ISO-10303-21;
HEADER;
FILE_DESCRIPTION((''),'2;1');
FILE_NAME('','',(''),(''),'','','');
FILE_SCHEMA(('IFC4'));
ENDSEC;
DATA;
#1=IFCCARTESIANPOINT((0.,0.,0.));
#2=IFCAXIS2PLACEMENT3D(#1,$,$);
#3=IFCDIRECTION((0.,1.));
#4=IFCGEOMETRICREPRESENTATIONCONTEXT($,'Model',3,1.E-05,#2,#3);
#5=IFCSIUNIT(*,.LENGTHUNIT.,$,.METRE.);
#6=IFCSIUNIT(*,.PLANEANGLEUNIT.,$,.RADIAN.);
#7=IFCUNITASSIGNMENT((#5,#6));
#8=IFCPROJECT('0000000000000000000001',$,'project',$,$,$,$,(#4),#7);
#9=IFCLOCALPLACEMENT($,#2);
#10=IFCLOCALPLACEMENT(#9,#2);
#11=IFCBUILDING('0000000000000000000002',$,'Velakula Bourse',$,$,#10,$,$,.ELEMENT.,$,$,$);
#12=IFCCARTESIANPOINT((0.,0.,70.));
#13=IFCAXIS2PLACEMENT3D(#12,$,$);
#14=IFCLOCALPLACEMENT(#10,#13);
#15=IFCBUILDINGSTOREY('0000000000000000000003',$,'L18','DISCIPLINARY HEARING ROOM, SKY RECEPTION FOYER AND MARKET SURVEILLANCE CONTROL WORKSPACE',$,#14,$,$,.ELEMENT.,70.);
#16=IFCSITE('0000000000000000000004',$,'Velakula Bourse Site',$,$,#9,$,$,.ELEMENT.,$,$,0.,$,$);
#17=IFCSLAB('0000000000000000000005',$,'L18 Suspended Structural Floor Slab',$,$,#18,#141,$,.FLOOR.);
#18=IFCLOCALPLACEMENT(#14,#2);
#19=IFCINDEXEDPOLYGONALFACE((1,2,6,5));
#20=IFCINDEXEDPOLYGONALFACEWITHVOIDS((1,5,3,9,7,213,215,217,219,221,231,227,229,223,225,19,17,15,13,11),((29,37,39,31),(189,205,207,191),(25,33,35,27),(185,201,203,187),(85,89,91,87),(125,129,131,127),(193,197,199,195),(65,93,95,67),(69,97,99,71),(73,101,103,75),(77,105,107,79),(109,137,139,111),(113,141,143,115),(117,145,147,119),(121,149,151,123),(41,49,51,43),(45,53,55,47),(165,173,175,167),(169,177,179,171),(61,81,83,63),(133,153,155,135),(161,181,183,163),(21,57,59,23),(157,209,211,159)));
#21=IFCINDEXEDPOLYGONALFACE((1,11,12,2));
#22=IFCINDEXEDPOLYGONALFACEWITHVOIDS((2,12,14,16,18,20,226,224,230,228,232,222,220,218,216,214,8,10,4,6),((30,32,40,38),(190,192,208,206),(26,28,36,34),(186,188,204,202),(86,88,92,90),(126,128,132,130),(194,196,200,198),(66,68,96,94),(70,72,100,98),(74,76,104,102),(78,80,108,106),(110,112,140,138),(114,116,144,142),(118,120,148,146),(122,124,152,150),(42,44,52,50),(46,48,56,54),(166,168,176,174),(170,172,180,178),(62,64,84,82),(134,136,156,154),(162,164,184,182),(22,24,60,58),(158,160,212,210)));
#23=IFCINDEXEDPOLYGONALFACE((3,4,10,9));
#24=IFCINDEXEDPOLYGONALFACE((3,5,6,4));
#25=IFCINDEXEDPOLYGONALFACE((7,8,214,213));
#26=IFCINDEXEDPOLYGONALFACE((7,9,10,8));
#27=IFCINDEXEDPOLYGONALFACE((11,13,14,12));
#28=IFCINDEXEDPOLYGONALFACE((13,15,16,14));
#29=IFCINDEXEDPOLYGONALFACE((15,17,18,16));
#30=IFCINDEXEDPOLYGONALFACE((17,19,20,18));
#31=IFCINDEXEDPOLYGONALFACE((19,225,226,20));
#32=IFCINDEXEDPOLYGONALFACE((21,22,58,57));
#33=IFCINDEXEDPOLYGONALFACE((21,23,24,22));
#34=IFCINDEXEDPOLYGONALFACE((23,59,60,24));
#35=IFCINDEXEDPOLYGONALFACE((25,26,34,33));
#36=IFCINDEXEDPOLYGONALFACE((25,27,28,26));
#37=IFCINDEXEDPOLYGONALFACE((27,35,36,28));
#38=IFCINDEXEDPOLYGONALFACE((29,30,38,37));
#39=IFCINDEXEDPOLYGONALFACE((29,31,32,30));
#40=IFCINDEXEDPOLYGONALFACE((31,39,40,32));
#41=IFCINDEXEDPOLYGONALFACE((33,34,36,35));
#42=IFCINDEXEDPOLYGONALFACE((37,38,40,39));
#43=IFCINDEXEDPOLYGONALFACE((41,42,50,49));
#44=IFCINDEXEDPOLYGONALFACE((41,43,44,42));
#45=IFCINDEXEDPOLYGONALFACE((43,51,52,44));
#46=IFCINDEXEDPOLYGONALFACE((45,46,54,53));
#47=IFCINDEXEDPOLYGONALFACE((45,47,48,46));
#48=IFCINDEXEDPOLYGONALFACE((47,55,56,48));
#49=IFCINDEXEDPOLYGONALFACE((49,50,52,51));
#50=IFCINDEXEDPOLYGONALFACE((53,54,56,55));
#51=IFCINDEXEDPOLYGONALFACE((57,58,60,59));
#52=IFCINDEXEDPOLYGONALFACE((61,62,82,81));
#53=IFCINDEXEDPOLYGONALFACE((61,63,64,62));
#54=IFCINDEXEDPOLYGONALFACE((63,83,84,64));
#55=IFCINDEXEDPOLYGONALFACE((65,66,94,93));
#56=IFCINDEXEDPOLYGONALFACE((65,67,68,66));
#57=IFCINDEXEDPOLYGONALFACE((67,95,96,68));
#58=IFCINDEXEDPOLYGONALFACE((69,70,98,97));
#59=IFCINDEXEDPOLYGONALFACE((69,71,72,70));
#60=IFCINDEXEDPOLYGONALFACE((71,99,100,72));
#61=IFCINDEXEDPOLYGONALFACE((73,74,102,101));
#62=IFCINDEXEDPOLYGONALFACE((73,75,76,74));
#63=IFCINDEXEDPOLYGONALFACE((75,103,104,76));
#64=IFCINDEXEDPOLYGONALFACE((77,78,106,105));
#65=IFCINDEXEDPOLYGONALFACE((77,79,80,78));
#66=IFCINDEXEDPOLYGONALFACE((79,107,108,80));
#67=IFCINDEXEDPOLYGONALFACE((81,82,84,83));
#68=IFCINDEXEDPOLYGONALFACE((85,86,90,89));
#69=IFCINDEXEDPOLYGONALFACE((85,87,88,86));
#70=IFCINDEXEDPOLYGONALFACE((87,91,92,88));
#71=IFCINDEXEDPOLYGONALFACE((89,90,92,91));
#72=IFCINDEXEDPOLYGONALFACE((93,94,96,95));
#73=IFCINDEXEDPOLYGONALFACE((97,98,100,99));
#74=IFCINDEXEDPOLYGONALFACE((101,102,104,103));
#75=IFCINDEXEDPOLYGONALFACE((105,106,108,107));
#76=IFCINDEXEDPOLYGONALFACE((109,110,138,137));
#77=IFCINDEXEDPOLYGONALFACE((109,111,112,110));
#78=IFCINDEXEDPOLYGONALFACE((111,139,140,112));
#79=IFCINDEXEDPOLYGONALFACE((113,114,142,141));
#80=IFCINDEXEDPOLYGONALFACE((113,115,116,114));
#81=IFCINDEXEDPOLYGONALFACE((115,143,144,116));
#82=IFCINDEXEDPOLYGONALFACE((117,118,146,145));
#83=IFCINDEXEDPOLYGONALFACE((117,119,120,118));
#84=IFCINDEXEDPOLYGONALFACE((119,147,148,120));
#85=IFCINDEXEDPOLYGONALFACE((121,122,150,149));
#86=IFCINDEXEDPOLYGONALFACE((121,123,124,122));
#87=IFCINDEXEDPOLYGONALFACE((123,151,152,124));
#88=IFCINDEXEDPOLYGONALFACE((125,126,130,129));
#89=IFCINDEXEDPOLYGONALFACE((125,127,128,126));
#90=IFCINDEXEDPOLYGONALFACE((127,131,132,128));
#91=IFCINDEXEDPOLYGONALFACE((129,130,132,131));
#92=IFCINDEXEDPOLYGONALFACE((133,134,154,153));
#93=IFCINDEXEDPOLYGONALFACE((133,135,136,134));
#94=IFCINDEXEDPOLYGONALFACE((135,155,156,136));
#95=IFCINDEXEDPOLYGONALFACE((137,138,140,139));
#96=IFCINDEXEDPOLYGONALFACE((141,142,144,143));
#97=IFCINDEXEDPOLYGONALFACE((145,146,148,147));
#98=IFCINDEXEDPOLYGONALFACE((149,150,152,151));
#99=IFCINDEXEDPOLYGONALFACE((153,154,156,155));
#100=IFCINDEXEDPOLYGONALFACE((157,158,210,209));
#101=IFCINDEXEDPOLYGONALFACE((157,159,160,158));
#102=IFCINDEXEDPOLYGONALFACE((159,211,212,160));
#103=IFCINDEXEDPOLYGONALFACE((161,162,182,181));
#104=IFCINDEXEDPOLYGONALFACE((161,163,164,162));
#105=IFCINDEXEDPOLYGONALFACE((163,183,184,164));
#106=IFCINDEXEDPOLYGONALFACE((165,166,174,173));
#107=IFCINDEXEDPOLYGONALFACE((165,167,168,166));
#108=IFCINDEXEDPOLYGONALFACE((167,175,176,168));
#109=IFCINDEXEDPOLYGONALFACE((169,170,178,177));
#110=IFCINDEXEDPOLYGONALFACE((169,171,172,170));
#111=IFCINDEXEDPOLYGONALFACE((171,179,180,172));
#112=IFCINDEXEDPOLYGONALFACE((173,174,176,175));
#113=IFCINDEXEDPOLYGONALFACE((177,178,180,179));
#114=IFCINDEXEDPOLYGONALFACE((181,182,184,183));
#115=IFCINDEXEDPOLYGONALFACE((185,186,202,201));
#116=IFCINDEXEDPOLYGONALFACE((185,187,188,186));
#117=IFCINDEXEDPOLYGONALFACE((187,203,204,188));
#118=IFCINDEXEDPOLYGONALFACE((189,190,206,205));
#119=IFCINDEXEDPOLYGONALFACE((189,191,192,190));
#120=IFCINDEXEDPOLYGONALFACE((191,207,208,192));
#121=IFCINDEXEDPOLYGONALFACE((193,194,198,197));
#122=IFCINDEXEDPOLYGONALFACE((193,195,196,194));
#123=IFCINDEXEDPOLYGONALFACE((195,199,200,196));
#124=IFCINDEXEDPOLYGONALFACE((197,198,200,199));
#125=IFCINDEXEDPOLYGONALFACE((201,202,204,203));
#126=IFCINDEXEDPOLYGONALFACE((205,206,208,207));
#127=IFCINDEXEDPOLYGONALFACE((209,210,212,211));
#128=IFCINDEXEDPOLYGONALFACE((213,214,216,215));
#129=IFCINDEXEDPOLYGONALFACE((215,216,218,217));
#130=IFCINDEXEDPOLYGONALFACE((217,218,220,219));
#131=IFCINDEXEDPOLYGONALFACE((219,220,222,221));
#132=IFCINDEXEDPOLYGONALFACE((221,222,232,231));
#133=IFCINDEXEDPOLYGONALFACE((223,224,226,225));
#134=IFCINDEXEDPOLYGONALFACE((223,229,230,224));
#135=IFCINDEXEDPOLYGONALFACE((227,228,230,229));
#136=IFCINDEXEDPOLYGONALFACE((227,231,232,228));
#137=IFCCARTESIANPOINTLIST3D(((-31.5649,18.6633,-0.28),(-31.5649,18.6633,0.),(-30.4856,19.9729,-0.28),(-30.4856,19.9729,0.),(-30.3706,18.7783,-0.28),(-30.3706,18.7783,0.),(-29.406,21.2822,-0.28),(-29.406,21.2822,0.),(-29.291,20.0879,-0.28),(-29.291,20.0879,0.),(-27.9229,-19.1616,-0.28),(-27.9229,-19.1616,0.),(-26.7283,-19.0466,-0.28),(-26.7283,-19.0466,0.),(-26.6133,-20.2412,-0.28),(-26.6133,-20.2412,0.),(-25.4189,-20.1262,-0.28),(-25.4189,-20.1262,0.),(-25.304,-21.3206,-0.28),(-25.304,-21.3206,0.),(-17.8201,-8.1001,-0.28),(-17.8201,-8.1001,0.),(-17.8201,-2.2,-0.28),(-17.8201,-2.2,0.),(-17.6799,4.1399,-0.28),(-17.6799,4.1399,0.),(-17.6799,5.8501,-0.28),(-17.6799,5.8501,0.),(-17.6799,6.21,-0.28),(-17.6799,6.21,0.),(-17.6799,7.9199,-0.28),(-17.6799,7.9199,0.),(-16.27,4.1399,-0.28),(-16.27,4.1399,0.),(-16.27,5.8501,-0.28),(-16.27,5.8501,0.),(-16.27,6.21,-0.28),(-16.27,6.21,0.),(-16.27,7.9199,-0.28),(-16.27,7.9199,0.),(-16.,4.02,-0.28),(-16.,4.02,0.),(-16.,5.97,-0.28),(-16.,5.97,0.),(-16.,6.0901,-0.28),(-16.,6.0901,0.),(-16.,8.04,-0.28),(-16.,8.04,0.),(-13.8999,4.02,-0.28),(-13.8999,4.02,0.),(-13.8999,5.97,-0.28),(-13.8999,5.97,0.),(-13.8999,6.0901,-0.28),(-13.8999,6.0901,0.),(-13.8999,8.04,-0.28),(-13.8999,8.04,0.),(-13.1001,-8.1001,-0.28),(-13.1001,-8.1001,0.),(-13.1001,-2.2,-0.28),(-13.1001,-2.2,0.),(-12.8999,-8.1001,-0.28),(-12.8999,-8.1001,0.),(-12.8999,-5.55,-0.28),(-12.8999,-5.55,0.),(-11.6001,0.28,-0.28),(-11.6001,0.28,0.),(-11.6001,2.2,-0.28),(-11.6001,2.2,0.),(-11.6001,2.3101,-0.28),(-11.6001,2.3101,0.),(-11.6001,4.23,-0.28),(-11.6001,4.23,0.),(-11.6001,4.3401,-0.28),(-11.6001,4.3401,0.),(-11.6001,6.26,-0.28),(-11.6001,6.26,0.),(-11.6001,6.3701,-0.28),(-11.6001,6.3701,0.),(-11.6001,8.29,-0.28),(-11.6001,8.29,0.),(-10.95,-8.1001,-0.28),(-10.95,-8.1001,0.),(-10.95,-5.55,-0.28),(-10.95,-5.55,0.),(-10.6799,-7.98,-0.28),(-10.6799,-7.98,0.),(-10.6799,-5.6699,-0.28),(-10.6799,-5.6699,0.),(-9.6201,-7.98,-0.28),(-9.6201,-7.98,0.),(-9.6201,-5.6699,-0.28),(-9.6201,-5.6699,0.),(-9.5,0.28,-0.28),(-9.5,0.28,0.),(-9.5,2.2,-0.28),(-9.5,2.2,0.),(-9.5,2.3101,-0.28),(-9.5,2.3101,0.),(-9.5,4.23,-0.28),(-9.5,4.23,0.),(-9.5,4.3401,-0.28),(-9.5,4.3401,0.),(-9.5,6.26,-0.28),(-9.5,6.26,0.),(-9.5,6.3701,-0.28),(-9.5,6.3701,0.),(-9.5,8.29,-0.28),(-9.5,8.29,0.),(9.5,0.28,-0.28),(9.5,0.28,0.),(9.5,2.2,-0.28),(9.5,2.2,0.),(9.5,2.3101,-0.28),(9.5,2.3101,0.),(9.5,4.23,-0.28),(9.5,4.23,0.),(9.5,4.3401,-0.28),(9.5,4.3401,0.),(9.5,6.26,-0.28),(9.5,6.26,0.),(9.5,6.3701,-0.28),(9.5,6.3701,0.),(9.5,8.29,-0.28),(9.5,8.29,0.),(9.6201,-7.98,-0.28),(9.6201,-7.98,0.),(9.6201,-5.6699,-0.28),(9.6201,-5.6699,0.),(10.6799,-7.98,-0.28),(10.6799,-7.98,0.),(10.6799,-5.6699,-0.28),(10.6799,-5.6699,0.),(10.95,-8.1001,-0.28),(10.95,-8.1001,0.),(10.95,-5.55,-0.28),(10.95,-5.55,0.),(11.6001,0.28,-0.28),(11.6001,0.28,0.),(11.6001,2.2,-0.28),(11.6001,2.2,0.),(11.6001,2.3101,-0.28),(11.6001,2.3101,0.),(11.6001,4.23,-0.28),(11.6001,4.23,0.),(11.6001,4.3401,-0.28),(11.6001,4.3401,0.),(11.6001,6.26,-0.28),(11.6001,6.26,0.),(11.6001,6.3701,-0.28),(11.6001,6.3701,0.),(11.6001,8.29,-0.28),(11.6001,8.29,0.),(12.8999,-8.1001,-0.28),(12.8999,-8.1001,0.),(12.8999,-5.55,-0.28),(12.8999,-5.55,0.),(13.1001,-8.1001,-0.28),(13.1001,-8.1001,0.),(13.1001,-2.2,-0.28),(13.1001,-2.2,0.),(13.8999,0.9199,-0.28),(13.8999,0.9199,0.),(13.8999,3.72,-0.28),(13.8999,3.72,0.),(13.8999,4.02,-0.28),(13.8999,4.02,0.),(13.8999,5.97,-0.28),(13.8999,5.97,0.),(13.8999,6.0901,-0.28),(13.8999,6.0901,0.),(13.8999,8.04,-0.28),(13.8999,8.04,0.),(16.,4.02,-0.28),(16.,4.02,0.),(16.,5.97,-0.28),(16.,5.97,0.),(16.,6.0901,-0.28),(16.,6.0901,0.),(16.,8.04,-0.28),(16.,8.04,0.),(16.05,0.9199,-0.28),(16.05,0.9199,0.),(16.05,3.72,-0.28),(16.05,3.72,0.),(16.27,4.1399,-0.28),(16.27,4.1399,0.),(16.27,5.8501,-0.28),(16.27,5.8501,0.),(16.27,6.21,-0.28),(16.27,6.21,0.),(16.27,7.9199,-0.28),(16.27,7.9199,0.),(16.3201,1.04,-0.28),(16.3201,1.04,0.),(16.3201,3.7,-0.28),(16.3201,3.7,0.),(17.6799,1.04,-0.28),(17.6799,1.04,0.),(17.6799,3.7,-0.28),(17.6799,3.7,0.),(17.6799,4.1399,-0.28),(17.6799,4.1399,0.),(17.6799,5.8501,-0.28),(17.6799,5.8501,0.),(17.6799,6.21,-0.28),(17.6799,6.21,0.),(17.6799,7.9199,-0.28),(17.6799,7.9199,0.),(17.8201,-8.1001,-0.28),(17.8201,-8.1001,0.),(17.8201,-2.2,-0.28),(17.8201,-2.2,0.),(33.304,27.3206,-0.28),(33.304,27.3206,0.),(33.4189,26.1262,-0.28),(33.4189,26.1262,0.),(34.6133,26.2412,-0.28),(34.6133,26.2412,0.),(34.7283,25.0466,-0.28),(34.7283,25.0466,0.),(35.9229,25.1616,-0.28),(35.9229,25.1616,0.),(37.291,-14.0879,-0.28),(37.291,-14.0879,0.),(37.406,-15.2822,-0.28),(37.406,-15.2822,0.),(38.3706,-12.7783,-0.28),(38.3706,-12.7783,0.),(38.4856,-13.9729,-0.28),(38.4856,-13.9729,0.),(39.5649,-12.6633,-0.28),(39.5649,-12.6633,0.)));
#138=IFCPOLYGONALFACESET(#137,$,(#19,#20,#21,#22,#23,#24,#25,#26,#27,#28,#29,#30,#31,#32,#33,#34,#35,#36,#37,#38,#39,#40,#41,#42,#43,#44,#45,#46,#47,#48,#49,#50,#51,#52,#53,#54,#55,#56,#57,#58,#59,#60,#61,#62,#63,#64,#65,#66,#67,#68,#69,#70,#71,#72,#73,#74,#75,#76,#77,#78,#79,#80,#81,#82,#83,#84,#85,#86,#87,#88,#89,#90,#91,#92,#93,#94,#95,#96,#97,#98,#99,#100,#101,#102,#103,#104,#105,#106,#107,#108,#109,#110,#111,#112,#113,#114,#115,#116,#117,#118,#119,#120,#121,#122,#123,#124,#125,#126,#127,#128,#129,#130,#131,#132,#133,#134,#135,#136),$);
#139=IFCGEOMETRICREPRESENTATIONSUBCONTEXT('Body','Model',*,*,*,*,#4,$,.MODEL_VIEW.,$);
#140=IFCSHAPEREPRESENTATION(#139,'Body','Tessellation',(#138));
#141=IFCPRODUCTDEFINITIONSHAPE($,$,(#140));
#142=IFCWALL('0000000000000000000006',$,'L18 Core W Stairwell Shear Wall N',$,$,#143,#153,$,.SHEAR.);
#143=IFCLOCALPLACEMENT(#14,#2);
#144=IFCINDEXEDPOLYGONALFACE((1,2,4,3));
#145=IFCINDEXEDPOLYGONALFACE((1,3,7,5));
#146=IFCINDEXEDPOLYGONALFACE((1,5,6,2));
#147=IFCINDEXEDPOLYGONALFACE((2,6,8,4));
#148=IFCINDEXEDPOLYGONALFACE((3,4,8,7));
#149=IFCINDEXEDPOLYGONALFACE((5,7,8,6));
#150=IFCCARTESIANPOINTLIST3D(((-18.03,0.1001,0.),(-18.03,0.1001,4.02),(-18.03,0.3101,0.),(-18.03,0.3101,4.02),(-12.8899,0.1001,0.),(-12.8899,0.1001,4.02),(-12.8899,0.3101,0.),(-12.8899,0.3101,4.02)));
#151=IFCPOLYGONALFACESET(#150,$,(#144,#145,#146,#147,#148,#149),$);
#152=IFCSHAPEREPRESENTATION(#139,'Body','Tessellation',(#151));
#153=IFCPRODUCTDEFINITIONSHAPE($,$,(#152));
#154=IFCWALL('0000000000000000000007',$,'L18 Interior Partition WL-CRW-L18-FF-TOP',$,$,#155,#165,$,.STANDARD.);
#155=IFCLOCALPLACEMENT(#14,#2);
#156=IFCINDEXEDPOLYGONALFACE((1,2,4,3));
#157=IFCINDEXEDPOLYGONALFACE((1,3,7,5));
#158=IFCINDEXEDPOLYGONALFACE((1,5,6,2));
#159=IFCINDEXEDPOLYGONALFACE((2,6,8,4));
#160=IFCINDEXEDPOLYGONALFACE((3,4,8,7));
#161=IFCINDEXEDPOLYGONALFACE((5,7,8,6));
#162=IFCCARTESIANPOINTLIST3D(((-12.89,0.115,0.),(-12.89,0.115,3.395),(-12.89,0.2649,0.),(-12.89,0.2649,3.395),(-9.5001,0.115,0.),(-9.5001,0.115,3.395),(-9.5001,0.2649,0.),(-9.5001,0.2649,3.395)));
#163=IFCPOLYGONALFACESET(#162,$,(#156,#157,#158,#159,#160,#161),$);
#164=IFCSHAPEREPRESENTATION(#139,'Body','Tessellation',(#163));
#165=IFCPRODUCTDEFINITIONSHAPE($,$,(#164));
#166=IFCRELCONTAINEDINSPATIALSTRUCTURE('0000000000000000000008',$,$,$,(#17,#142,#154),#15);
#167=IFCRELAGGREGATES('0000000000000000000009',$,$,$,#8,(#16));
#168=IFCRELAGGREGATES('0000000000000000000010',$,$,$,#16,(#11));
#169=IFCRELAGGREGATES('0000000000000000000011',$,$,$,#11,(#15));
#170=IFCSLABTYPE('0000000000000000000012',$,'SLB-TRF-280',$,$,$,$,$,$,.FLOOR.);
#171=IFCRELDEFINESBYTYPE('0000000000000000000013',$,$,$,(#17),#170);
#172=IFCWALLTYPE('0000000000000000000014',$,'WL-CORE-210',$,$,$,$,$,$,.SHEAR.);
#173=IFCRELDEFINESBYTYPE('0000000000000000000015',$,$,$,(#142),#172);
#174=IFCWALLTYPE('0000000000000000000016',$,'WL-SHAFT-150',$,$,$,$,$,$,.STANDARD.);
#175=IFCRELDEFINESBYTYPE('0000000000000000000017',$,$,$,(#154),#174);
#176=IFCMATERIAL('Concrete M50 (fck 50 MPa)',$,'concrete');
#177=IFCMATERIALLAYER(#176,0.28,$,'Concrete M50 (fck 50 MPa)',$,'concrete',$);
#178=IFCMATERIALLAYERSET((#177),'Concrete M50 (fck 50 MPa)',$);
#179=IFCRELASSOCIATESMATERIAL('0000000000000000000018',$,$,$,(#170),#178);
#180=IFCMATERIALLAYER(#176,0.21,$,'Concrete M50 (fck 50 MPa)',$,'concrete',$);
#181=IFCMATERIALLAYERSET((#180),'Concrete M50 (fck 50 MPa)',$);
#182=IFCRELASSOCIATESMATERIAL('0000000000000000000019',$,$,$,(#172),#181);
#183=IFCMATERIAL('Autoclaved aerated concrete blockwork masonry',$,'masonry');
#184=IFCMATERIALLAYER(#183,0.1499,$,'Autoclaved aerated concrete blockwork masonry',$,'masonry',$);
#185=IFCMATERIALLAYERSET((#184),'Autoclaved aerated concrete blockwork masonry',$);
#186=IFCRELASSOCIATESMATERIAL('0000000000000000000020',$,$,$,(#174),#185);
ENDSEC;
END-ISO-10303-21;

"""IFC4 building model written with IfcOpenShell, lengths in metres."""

from ifc_helpers import new_model, si_unit, direction, frame, frame_2d, origin, place, context, subcontext, project, spatial, polyline, rectangle, outline, extrude, material, layer, layer_set, type_object, element, save


model = new_model("IFC4")

# Units and contexts
model_context = context("Model", 3, precision=1e-05, world=origin(), true_north=direction((0.0, 1.0)))
body_context = subcontext(model_context, "Body", "Model", "MODEL_VIEW")
ifc_project = project(units=[si_unit("LENGTHUNIT", "METRE"), si_unit("PLANEANGLEUNIT", "RADIAN")], contexts=[model_context])

# Site, building, storey
site_placement = place(None, origin())
site = spatial("IfcSite", under=ifc_project, at=site_placement, Name="Velakula Bourse Site", CompositionType="ELEMENT", RefElevation=0.0)
building_placement = place(site_placement, origin())
building = spatial("IfcBuilding", under=site, at=building_placement, Name="Velakula Bourse", CompositionType="ELEMENT")
storey_placement = place(building_placement, frame((0.0, 0.0, 70.0)))
storey = spatial("IfcBuildingStorey", under=building, at=storey_placement, Name="L18", Description="DISCIPLINARY HEARING ROOM, SKY RECEPTION FOYER AND MARKET SURVEILLANCE CONTROL WORKSPACE", CompositionType="ELEMENT", Elevation=70.0)

# Slab
ifc_material_1 = material(Name="Concrete M50 (fck 50 MPa)", Category="concrete")
ifc_layer_1 = layer(ifc_material_1, 0.28, Name="Concrete M50 (fck 50 MPa)", Category="concrete")
ifc_layer_set_1 = layer_set([ifc_layer_1], Name="Concrete M50 (fck 50 MPa)")
slab_type_1 = type_object("IfcSlabType", Name="SLB-TRF-280", PredefinedType="FLOOR", material=ifc_layer_set_1)
slab_1_placement = place(storey_placement, frame((0.0, 0.0, -0.28)))
element("IfcSlab", 1, at=slab_1_placement, inside=storey, type_object=slab_type_1, Name="L18 Suspended Structural Floor Slab", PredefinedType="FLOOR", context=body_context, shape_type="SweptSolid", body=[
    extrude(outline(polyline([(-25.304, -21.3206), (37.406, -15.2822), (37.291, -14.0879), (38.4856, -13.9729), (38.3706, -12.7783), (39.5649, -12.6633), (35.9229, 25.1616), (34.7283, 25.0466), (34.6133, 26.2412), (33.4189, 26.1262), (33.304, 27.3206), (-29.406, 21.2822), (-29.291, 20.0879), (-30.4856, 19.9729), (-30.3706, 18.7783), (-31.5649, 18.6633), (-27.9229, -19.1616), (-26.7283, -19.0466), (-26.6133, -20.2412), (-25.4189, -20.1262), (-25.304, -21.3206)]), holes=[polyline([(-17.8201, -8.1001), (-13.1001, -8.1001), (-13.1001, -2.2), (-17.8201, -2.2), (-17.8201, -8.1001)]), polyline([(13.1001, -8.1001), (17.8201, -8.1001), (17.8201, -2.2), (13.1001, -2.2), (13.1001, -8.1001)]), polyline([(-12.8999, -8.1001), (-10.95, -8.1001), (-10.95, -5.55), (-12.8999, -5.55), (-12.8999, -8.1001)]), polyline([(10.95, -8.1001), (12.8999, -8.1001), (12.8999, -5.55), (10.95, -5.55), (10.95, -8.1001)]), polyline([(13.8999, 0.9199), (16.05, 0.9199), (16.05, 3.72), (13.8999, 3.72), (13.8999, 0.9199)]), polyline([(-10.6799, -7.98), (-9.6201, -7.98), (-9.6201, -5.6699), (-10.6799, -5.6699), (-10.6799, -7.98)]), polyline([(-17.6799, 4.1399), (-16.27, 4.1399), (-16.27, 5.8501), (-17.6799, 5.8501), (-17.6799, 4.1399)]), polyline([(-17.6799, 6.21), (-16.27, 6.21), (-16.27, 7.9199), (-17.6799, 7.9199), (-17.6799, 6.21)]), polyline([(9.6201, -7.98), (10.6799, -7.98), (10.6799, -5.6699), (9.6201, -5.6699), (9.6201, -7.98)]), polyline([(16.27, 4.1399), (17.6799, 4.1399), (17.6799, 5.8501), (16.27, 5.8501), (16.27, 4.1399)]), polyline([(16.27, 6.21), (17.6799, 6.21), (17.6799, 7.9199), (16.27, 7.9199), (16.27, 6.21)]), polyline([(16.3201, 1.04), (17.6799, 1.04), (17.6799, 3.7), (16.3201, 3.7), (16.3201, 1.04)]), polyline([(-11.6001, 0.28), (-9.5, 0.28), (-9.5, 2.2), (-11.6001, 2.2), (-11.6001, 0.28)]), polyline([(-11.6001, 2.3101), (-9.5, 2.3101), (-9.5, 4.23), (-11.6001, 4.23), (-11.6001, 2.3101)]), polyline([(-11.6001, 4.3401), (-9.5, 4.3401), (-9.5, 6.26), (-11.6001, 6.26), (-11.6001, 4.3401)]), polyline([(-11.6001, 6.3701), (-9.5, 6.3701), (-9.5, 8.29), (-11.6001, 8.29), (-11.6001, 6.3701)]), polyline([(9.5, 0.28), (11.6001, 0.28), (11.6001, 2.2), (9.5, 2.2), (9.5, 0.28)]), polyline([(9.5, 2.3101), (11.6001, 2.3101), (11.6001, 4.23), (9.5, 4.23), (9.5, 2.3101)]), polyline([(9.5, 4.3401), (11.6001, 4.3401), (11.6001, 6.26), (9.5, 6.26), (9.5, 4.3401)]), polyline([(9.5, 6.3701), (11.6001, 6.3701), (11.6001, 8.29), (9.5, 8.29), (9.5, 6.3701)]), polyline([(-16.0, 4.02), (-13.8999, 4.02), (-13.8999, 5.97), (-16.0, 5.97), (-16.0, 4.02)]), polyline([(-16.0, 6.0901), (-13.8999, 6.0901), (-13.8999, 8.04), (-16.0, 8.04), (-16.0, 6.0901)]), polyline([(13.8999, 4.02), (16.0, 4.02), (16.0, 5.97), (13.8999, 5.97), (13.8999, 4.02)]), polyline([(13.8999, 6.0901), (16.0, 6.0901), (16.0, 8.04), (13.8999, 8.04), (13.8999, 6.0901)])]), origin(), (0.0, 0.0, 1.0), 0.28),
])

# Walls
ifc_layer_2 = layer(ifc_material_1, 0.21, Name="Concrete M50 (fck 50 MPa)", Category="concrete")
ifc_layer_set_2 = layer_set([ifc_layer_2], Name="Concrete M50 (fck 50 MPa)")
wall_type_1 = type_object("IfcWallType", Name="WL-CORE-210", PredefinedType="SHEAR", material=ifc_layer_set_2)
wall_1_placement = place(storey_placement, frame((-12.8899, 0.2051, 0.0), z_axis=(0.0, 0.0, 1.0), x_axis=(-1.0, 0.0, 0.0)))
element("IfcWall", 2, at=wall_1_placement, inside=storey, type_object=wall_type_1, Name="L18 Core W Stairwell Shear Wall N", PredefinedType="SHEAR", context=body_context, shape_type="SweptSolid", body=[
    extrude(rectangle(XDim=5.1401, YDim=0.21, at=frame_2d((2.5701, 0.0))), origin(), (0.0, 0.0, 1.0), 4.02),
])
ifc_material_2 = material(Name="Autoclaved aerated concrete blockwork masonry", Category="masonry")
ifc_layer_3 = layer(ifc_material_2, 0.1499, Name="Autoclaved aerated concrete blockwork masonry", Category="masonry")
ifc_layer_set_3 = layer_set([ifc_layer_3], Name="Autoclaved aerated concrete blockwork masonry")
wall_type_2 = type_object("IfcWallType", Name="WL-SHAFT-150", PredefinedType="STANDARD", material=ifc_layer_set_3)
wall_2_placement = place(storey_placement, frame((-12.8899, 0.1899, 0.0), z_axis=(0.0, 0.0, 1.0), x_axis=(1.0, 0.0, 0.0)))
element("IfcWall", 3, at=wall_2_placement, inside=storey, type_object=wall_type_2, Name="L18 Interior Partition WL-CRW-L18-FF-TOP", PredefinedType="STANDARD", context=body_context, shape_type="SweptSolid", body=[
    extrude(rectangle(XDim=3.3899, YDim=0.1499, at=frame_2d((1.6948, 0.0))), origin(), (0.0, 0.0, 1.0), 3.395),
])

save(model, "model.ifc")
